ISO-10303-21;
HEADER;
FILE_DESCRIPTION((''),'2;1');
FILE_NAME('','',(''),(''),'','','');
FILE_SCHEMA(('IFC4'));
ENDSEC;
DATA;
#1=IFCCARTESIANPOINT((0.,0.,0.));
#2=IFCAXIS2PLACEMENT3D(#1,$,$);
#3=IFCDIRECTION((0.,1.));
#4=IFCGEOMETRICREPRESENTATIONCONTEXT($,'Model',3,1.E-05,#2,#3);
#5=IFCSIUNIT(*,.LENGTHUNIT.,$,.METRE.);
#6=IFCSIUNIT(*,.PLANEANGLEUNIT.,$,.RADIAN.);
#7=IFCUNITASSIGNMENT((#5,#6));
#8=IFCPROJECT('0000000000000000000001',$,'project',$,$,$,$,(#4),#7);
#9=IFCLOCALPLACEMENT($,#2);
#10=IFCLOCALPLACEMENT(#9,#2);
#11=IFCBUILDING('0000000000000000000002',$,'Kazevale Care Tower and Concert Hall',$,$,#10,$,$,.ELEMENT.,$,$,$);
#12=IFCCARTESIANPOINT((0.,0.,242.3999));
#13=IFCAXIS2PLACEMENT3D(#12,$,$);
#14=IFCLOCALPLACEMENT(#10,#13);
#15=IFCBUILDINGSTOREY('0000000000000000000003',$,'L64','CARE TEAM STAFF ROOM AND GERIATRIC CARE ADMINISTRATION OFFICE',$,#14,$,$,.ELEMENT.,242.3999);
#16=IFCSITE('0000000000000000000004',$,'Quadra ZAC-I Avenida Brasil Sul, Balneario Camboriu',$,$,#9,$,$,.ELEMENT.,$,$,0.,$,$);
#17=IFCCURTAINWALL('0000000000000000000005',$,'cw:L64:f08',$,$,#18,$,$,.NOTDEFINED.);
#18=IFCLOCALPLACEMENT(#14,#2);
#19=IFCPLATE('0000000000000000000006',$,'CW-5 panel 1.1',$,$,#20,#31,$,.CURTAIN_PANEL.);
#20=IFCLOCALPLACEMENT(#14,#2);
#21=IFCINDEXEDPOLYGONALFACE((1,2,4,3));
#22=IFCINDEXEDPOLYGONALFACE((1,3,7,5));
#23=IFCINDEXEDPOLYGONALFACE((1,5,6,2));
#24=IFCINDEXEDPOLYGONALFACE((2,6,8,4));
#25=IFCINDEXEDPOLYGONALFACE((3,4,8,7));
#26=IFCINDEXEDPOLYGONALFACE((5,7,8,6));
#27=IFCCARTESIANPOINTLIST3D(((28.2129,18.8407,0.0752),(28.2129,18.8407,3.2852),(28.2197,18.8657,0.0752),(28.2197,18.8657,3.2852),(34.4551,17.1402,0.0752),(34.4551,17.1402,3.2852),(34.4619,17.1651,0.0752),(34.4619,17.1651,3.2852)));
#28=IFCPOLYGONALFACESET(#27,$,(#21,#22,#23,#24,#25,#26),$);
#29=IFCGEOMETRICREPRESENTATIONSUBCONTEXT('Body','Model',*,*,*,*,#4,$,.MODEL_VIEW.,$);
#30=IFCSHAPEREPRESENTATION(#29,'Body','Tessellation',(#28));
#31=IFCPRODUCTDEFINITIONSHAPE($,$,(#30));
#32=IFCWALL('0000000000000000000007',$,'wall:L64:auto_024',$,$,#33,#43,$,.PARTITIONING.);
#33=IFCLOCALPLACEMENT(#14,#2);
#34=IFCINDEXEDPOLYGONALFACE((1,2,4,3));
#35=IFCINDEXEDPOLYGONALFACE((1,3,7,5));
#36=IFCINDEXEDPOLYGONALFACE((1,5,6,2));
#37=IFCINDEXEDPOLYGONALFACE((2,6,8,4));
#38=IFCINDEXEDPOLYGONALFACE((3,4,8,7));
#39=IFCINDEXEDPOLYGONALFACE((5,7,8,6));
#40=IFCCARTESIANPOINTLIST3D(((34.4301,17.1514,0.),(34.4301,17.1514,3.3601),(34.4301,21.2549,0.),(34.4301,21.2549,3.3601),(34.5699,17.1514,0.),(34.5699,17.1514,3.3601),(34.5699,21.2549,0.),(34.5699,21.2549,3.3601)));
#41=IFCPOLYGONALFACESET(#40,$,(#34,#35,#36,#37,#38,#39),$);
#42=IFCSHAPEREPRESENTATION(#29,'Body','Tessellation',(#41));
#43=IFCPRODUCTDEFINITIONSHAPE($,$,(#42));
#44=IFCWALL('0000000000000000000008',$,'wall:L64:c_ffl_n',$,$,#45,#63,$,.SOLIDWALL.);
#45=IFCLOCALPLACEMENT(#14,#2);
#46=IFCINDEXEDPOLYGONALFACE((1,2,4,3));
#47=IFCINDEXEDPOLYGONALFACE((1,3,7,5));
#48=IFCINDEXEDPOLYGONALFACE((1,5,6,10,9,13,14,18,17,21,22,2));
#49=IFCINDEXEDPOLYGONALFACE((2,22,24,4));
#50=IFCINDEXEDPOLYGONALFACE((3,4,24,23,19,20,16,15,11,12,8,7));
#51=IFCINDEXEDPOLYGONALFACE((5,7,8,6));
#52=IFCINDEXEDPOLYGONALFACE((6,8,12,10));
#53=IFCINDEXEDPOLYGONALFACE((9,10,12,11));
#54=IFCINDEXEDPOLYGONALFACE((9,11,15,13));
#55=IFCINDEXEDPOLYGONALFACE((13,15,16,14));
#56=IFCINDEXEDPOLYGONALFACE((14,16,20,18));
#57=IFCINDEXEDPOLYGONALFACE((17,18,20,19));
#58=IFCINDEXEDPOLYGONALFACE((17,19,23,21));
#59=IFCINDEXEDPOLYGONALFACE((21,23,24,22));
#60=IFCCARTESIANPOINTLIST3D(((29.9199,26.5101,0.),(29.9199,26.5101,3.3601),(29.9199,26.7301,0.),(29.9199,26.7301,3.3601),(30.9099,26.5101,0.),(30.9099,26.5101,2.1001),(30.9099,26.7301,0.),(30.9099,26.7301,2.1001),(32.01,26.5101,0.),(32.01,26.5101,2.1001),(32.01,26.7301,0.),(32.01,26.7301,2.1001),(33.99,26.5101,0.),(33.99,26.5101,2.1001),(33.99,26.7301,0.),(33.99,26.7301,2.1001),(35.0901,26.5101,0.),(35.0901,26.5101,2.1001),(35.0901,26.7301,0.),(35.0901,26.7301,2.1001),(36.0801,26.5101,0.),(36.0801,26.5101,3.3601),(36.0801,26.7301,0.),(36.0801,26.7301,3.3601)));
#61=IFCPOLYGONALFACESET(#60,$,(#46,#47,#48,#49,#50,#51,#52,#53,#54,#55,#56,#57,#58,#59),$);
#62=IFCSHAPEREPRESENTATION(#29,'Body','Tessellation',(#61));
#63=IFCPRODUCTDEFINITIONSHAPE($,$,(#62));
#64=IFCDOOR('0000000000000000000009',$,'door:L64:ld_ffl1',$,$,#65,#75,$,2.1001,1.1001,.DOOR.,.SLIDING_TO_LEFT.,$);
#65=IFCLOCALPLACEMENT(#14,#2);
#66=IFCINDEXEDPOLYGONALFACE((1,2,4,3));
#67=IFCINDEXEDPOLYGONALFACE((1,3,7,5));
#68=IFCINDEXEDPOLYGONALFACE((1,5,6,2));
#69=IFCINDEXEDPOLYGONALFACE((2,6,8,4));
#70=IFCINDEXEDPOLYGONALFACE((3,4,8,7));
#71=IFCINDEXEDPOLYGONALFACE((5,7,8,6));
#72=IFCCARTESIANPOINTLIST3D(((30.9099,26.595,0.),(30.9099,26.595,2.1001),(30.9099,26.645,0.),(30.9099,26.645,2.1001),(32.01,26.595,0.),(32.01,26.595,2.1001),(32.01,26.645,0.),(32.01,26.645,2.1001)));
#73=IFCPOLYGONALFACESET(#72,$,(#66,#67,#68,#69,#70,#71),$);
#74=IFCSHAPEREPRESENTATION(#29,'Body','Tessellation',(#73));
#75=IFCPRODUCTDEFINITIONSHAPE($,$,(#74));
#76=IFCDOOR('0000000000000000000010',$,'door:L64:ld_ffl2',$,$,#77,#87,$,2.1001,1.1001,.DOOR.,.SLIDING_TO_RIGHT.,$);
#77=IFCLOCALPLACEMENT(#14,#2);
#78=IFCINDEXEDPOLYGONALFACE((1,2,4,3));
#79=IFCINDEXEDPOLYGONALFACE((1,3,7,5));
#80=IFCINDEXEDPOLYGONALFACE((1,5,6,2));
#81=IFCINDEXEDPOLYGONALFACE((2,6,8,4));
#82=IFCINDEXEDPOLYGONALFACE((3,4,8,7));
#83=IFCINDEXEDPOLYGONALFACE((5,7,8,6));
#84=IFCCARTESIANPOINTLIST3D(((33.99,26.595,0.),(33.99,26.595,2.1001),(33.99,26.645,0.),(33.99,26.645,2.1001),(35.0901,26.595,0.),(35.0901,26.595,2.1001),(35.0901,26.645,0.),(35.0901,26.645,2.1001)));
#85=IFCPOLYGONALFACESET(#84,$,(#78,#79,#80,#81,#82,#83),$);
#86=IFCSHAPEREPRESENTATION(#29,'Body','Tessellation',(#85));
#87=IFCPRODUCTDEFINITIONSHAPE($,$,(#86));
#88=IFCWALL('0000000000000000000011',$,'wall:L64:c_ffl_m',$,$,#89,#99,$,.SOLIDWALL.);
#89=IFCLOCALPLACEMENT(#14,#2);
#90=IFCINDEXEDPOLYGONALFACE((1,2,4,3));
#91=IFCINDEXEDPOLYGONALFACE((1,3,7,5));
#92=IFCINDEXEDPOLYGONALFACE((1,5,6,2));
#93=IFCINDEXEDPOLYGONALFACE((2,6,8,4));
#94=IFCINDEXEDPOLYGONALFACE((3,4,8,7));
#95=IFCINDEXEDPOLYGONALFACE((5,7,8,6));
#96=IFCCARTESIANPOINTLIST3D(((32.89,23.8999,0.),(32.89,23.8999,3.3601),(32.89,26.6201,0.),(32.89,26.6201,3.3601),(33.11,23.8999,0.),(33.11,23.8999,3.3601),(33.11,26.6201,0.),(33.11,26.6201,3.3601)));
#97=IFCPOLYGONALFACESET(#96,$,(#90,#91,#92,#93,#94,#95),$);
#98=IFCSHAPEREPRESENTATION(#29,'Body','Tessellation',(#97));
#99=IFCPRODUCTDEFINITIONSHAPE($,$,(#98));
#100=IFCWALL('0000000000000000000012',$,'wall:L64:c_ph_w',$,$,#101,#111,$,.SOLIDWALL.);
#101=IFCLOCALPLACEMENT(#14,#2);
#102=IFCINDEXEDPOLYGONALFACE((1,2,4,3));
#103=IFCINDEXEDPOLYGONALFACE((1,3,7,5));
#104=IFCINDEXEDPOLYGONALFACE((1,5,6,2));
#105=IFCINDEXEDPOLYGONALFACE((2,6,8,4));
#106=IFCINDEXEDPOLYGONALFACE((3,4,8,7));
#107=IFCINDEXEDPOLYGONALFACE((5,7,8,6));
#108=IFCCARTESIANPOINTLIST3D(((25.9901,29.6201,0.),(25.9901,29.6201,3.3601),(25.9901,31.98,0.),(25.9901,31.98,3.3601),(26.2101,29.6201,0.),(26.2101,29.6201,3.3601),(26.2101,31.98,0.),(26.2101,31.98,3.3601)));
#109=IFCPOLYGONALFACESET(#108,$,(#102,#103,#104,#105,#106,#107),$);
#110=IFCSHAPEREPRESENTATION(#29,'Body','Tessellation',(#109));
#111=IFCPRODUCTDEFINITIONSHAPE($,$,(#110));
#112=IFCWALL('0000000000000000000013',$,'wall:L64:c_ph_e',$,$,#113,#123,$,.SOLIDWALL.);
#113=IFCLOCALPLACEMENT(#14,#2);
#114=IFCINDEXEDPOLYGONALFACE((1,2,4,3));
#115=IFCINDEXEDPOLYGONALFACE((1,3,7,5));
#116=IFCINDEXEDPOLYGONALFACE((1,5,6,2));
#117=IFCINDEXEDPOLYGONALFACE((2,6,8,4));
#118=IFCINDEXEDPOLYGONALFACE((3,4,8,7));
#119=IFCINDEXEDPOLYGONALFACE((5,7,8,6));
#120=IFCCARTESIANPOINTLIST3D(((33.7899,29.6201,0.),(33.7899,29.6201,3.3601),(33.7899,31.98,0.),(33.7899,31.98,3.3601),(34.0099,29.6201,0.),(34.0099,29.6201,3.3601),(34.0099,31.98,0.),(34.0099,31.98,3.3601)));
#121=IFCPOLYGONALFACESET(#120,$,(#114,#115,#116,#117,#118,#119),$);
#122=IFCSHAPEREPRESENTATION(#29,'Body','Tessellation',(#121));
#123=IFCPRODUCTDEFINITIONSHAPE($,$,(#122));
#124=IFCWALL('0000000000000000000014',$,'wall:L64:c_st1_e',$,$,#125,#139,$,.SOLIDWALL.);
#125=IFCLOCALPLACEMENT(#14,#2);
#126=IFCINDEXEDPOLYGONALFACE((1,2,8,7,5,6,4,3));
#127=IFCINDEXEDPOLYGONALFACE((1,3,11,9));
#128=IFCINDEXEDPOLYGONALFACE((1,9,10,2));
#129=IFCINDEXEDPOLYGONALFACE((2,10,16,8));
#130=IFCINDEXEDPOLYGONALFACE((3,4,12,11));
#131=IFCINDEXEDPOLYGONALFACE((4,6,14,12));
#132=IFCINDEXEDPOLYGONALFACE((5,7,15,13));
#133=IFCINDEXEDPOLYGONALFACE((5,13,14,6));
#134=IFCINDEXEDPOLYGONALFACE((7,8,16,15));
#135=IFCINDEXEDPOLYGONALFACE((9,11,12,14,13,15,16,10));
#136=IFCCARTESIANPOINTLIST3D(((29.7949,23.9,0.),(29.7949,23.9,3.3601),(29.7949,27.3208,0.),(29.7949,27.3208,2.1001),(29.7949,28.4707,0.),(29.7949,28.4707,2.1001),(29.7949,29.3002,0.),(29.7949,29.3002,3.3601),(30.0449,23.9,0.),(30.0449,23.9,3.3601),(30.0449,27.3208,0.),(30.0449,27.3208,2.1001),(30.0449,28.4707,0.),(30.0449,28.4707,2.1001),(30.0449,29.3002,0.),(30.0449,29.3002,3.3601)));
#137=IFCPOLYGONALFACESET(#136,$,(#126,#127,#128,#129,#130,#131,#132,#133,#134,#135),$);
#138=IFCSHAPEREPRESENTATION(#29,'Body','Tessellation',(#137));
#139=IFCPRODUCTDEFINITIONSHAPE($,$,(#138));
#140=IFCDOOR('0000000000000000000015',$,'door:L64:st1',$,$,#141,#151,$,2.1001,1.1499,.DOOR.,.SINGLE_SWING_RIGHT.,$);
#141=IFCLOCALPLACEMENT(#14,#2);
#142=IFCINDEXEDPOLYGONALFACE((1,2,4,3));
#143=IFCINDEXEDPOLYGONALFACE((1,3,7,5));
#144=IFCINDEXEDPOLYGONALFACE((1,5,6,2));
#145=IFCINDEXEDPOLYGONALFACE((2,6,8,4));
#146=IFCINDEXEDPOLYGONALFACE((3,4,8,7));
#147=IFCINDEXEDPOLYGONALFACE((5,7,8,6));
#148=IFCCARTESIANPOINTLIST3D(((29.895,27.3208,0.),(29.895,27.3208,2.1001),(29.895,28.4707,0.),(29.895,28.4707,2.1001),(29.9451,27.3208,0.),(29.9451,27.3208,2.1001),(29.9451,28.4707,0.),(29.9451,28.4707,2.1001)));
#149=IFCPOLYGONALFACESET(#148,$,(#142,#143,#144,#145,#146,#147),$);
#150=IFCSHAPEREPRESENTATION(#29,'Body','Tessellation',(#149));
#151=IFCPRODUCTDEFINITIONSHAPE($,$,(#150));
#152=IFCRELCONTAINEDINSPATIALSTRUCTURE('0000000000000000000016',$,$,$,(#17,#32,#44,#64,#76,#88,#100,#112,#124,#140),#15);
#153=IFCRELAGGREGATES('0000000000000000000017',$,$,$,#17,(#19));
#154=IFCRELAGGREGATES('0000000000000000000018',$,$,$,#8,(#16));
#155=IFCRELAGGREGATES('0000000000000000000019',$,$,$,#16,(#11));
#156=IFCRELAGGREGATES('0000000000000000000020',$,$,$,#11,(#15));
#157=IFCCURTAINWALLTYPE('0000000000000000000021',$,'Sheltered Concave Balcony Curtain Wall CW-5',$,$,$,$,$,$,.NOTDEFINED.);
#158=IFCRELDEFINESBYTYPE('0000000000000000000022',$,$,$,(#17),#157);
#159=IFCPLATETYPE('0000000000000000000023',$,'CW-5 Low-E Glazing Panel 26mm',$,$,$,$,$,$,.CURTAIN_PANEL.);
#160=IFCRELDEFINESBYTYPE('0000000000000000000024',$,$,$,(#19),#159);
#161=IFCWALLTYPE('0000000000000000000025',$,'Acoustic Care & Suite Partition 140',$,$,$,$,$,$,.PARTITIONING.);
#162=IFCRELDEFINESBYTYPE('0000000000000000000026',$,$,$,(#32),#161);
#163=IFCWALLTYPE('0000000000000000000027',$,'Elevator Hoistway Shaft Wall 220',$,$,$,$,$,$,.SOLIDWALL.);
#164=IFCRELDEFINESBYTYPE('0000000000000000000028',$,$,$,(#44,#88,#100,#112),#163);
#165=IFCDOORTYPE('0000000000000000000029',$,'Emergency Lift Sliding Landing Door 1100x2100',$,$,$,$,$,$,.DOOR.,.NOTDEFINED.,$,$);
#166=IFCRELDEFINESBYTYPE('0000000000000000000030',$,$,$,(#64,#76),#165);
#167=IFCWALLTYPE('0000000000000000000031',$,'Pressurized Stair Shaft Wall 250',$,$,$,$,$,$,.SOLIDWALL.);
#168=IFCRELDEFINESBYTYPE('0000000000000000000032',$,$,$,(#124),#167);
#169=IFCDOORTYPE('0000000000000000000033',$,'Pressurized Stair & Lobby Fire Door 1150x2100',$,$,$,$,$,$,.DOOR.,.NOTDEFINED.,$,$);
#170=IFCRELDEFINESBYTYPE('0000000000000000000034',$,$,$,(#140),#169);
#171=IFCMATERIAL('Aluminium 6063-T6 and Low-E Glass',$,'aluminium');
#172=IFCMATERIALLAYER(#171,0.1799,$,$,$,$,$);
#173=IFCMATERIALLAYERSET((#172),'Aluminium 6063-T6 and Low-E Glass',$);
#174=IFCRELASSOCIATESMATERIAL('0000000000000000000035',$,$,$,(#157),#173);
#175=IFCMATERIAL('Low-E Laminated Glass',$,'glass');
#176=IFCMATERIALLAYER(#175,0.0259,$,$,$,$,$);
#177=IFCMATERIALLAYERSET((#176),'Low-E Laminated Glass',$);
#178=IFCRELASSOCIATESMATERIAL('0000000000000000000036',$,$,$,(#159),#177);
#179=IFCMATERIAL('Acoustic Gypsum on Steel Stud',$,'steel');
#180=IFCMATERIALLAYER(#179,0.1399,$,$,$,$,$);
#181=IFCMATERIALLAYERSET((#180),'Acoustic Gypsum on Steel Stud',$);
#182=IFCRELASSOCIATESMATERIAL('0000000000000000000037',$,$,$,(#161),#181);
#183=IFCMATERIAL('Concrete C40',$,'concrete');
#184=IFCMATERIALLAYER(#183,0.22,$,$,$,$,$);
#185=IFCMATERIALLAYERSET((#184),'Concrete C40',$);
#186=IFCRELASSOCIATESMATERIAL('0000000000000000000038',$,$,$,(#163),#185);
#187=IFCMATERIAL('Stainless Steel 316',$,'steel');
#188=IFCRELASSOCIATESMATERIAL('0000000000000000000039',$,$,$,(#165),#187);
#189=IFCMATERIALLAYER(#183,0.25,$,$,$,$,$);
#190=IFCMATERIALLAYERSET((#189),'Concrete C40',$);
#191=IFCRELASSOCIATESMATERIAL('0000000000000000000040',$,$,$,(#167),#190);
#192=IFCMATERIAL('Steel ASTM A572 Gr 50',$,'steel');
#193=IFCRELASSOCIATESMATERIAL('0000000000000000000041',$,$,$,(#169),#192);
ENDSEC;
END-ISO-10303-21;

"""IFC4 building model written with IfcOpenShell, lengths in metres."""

from ifc_helpers import new_model, si_unit, direction, frame, frame_2d, origin, origin_2d, place, context, subcontext, project, spatial, rectangle, extrude, material, layer, layer_set, type_object, element, fill, aggregate, save


model = new_model("IFC4")

# Units and contexts
model_context = context("Model", 3, precision=1e-05, world=origin(), true_north=direction((0.0, 1.0)))
body_context = subcontext(model_context, "Body", "Model", "MODEL_VIEW")
ifc_project = project(units=[si_unit("LENGTHUNIT", "METRE"), si_unit("PLANEANGLEUNIT", "RADIAN")], contexts=[model_context])

# Site, building, storey
site_placement = place(None, origin())
site = spatial("IfcSite", under=ifc_project, at=site_placement, Name="Quadra ZAC-I Avenida Brasil Sul, Balneario Camboriu", CompositionType="ELEMENT", RefElevation=0.0)
building_placement = place(site_placement, origin())
building = spatial("IfcBuilding", under=site, at=building_placement, Name="Kazevale Care Tower and Concert Hall", CompositionType="ELEMENT")
storey_placement = place(building_placement, frame((0.0, 0.0, 242.3999)))
storey = spatial("IfcBuildingStorey", under=building, at=storey_placement, Name="L64", Description="CARE TEAM STAFF ROOM AND GERIATRIC CARE ADMINISTRATION OFFICE", CompositionType="ELEMENT", Elevation=242.3999)

# Curtain wall
ifc_material_1 = material(Name="Aluminium 6063-T6 and Low-E Glass", Category="aluminium")
ifc_layer_1 = layer(ifc_material_1, 0.1799)
ifc_layer_set_1 = layer_set([ifc_layer_1], Name="Aluminium 6063-T6 and Low-E Glass")
curtain_wall_type = type_object("IfcCurtainWallType", Name="Sheltered Concave Balcony Curtain Wall CW-5", PredefinedType="NOTDEFINED", material=ifc_layer_set_1)
curtain_wall_1_placement = place(storey_placement, origin())
curtain_wall_1 = element("IfcCurtainWall", 1, at=curtain_wall_1_placement, inside=storey, type_object=curtain_wall_type, Name="cw:L64:f08", PredefinedType="NOTDEFINED")

# Shared definitions
ifc_material_2 = material(Name="Steel ASTM A572 Gr 50", Category="steel")

# Plate
ifc_material_3 = material(Name="Low-E Laminated Glass", Category="glass")
ifc_layer_2 = layer(ifc_material_3, 0.0259)
ifc_layer_set_2 = layer_set([ifc_layer_2], Name="Low-E Laminated Glass")
plate_type = type_object("IfcPlateType", Name="CW-5 Low-E Glazing Panel 26mm", PredefinedType="CURTAIN_PANEL", material=ifc_layer_set_2)
plate_placement = place(storey_placement, frame((31.3374, 18.0029, 0.0752), z_axis=(0.0, 0.0, 1.0), x_axis=(-0.964837, 0.262849, 0.0)))
plate = element("IfcPlate", 2, at=plate_placement, type_object=plate_type, Name="CW-5 panel 1.1", PredefinedType="CURTAIN_PANEL", context=body_context, shape_type="SweptSolid", body=[
    extrude(rectangle(XDim=6.4697, YDim=0.0259, at=origin_2d()), origin(), (0.0, 0.0, 1.0), 3.21),
])
aggregate(curtain_wall_1, [plate])

# Wall
ifc_material_4 = material(Name="Acoustic Gypsum on Steel Stud", Category="steel")
ifc_layer_3 = layer(ifc_material_4, 0.1399)
ifc_layer_set_3 = layer_set([ifc_layer_3], Name="Acoustic Gypsum on Steel Stud")
wall_type_1 = type_object("IfcWallType", Name="Acoustic Care & Suite Partition 140", PredefinedType="PARTITIONING", material=ifc_layer_set_3)
wall_1_placement = place(storey_placement, frame((34.5, 21.2549, 0.0), z_axis=(0.0, 0.0, 1.0), x_axis=(0.0, -1.0, 0.0)))
element("IfcWall", 3, at=wall_1_placement, inside=storey, type_object=wall_type_1, Name="wall:L64:auto_024", PredefinedType="PARTITIONING", context=body_context, shape_type="SweptSolid", body=[
    extrude(rectangle(XDim=4.1035, YDim=0.1399, at=frame_2d((2.0518, 0.0))), origin(), (0.0, 0.0, 1.0), 3.3601),
])

# Wall, openings, doors
ifc_material_5 = material(Name="Concrete C40", Category="concrete")
ifc_layer_4 = layer(ifc_material_5, 0.22)
ifc_layer_set_4 = layer_set([ifc_layer_4], Name="Concrete C40")
wall_type_2 = type_object("IfcWallType", Name="Elevator Hoistway Shaft Wall 220", PredefinedType="SOLIDWALL", material=ifc_layer_set_4)
wall_2_placement = place(storey_placement, frame((29.9199, 26.6201, 0.0), z_axis=(0.0, 0.0, 1.0), x_axis=(1.0, 0.0, 0.0)))
wall_2 = element("IfcWall", 4, at=wall_2_placement, inside=storey, type_object=wall_type_2, Name="wall:L64:c_ffl_n", PredefinedType="SOLIDWALL", context=body_context, shape_type="SweptSolid", body=[
    extrude(rectangle(XDim=6.1602, YDim=0.22, at=frame_2d((3.0801, 0.0))), origin(), (0.0, 0.0, 1.0), 3.3601),
])
opening_1_placement = place(wall_2_placement, frame((0.99, 0.0, 0.0)))
opening_1 = element("IfcOpeningElement", 5, at=opening_1_placement, cuts=wall_2, PredefinedType="OPENING", context=body_context, shape_type="SweptSolid", body=[
    extrude(rectangle(XDim=1.1001, YDim=2.1001, at=frame_2d((0.55, 1.05))), frame((0.0, 0.1199, 0.0), z_axis=(0.0, -1.0, 0.0), x_axis=(1.0, 0.0, 0.0)), (0.0, 0.0, 1.0), 0.24),
])
opening_2_placement = place(wall_2_placement, frame((4.0701, 0.0, 0.0)))
opening_2 = element("IfcOpeningElement", 6, at=opening_2_placement, cuts=wall_2, PredefinedType="OPENING", context=body_context, shape_type="SweptSolid", body=[
    extrude(rectangle(XDim=1.1001, YDim=2.1001, at=frame_2d((0.55, 1.05))), frame((0.0, 0.1199, 0.0), z_axis=(0.0, -1.0, 0.0), x_axis=(1.0, 0.0, 0.0)), (0.0, 0.0, 1.0), 0.24),
])
ifc_material_6 = material(Name="Stainless Steel 316", Category="steel")
door_type_1 = type_object("IfcDoorType", Name="Emergency Lift Sliding Landing Door 1100x2100", OperationType="NOTDEFINED", PredefinedType="DOOR", material=ifc_material_6)
door_1_placement = place(opening_1_placement, origin())
door_1 = element("IfcDoor", 7, at=door_1_placement, inside=storey, type_object=door_type_1, Name="door:L64:ld_ffl1", OperationType="SLIDING_TO_LEFT", OverallHeight=2.1001, OverallWidth=1.1001, PredefinedType="DOOR", context=body_context, shape_type="SweptSolid", body=[
    extrude(rectangle(XDim=1.1001, YDim=2.1001, at=frame_2d((0.55, 1.05))), frame((0.0, 0.0249, 0.0), z_axis=(0.0, -1.0, 0.0), x_axis=(1.0, 0.0, 0.0)), (0.0, 0.0, 1.0), 0.05),
])
fill(opening_1, door_1)
door_2_placement = place(opening_2_placement, origin())
door_2 = element("IfcDoor", 8, at=door_2_placement, inside=storey, type_object=door_type_1, Name="door:L64:ld_ffl2", OperationType="SLIDING_TO_RIGHT", OverallHeight=2.1001, OverallWidth=1.1001, PredefinedType="DOOR", context=body_context, shape_type="SweptSolid", body=[
    extrude(rectangle(XDim=1.1001, YDim=2.1001, at=frame_2d((0.55, 1.05))), frame((0.0, 0.0249, 0.0), z_axis=(0.0, -1.0, 0.0), x_axis=(1.0, 0.0, 0.0)), (0.0, 0.0, 1.0), 0.05),
])
fill(opening_2, door_2)

# Walls
wall_3_placement = place(storey_placement, frame((33.0, 23.8999, 0.0), z_axis=(0.0, 0.0, 1.0), x_axis=(0.0, 1.0, 0.0)))
element("IfcWall", 9, at=wall_3_placement, inside=storey, type_object=wall_type_2, Name="wall:L64:c_ffl_m", PredefinedType="SOLIDWALL", context=body_context, shape_type="SweptSolid", body=[
    extrude(rectangle(XDim=2.7202, YDim=0.22, at=frame_2d((1.3601, 0.0))), origin(), (0.0, 0.0, 1.0), 3.3601),
])
for number, where, z_axis, x_axis, name in (
    (10, (26.1001, 29.6201, 0.0), (0.0, 0.0, 1.0), (0.0, 1.0, 0.0), "wall:L64:c_ph_w"),
    (11, (33.8999, 29.6201, 0.0), (0.0, 0.0, 1.0), (0.0, 1.0, 0.0), "wall:L64:c_ph_e"),
):
    element("IfcWall", number, at=place(storey_placement, frame(where, z_axis=z_axis, x_axis=x_axis)), inside=storey, type_object=wall_type_2, Name=name, PredefinedType="SOLIDWALL", context=body_context, shape_type="SweptSolid", body=[
        extrude(rectangle(XDim=2.3599, YDim=0.22, at=frame_2d((1.1799, 0.0))), origin(), (0.0, 0.0, 1.0), 3.3601),
    ])

# Wall, opening, door
ifc_layer_5 = layer(ifc_material_5, 0.25)
ifc_layer_set_5 = layer_set([ifc_layer_5], Name="Concrete C40")
wall_type_3 = type_object("IfcWallType", Name="Pressurized Stair Shaft Wall 250", PredefinedType="SOLIDWALL", material=ifc_layer_set_5)
wall_4_placement = place(storey_placement, frame((29.9199, 23.8999, 0.0), z_axis=(0.0, 0.0, 1.0), x_axis=(0.0, 1.0, 0.0)))
wall_4 = element("IfcWall", 12, at=wall_4_placement, inside=storey, type_object=wall_type_3, Name="wall:L64:c_st1_e", PredefinedType="SOLIDWALL", context=body_context, shape_type="SweptSolid", body=[
    extrude(rectangle(XDim=5.4001, YDim=0.25, at=frame_2d((2.7002, 0.0))), origin(), (0.0, 0.0, 1.0), 3.3601),
])
opening_3_placement = place(wall_4_placement, frame((3.4209, 0.0, 0.0)))
opening_3 = element("IfcOpeningElement", 13, at=opening_3_placement, cuts=wall_4, PredefinedType="OPENING", context=body_context, shape_type="SweptSolid", body=[
    extrude(rectangle(XDim=1.1499, YDim=2.1001, at=frame_2d((0.575, 1.05))), frame((0.0, 0.135, 0.0), z_axis=(0.0, -1.0, 0.0), x_axis=(1.0, 0.0, 0.0)), (0.0, 0.0, 1.0), 0.27),
])
door_type_2 = type_object("IfcDoorType", Name="Pressurized Stair & Lobby Fire Door 1150x2100", OperationType="NOTDEFINED", PredefinedType="DOOR", material=ifc_material_2)
door_3_placement = place(opening_3_placement, origin())
door_3 = element("IfcDoor", 14, at=door_3_placement, inside=storey, type_object=door_type_2, Name="door:L64:st1", OperationType="SINGLE_SWING_RIGHT", OverallHeight=2.1001, OverallWidth=1.1499, PredefinedType="DOOR", context=body_context, shape_type="SweptSolid", body=[
    extrude(rectangle(XDim=1.1499, YDim=2.1001, at=frame_2d((0.575, 1.05))), frame((0.0, 0.0249, 0.0), z_axis=(0.0, -1.0, 0.0), x_axis=(1.0, 0.0, 0.0)), (0.0, 0.0, 1.0), 0.05),
])
fill(opening_3, door_3)

save(model, "model.ifc")
